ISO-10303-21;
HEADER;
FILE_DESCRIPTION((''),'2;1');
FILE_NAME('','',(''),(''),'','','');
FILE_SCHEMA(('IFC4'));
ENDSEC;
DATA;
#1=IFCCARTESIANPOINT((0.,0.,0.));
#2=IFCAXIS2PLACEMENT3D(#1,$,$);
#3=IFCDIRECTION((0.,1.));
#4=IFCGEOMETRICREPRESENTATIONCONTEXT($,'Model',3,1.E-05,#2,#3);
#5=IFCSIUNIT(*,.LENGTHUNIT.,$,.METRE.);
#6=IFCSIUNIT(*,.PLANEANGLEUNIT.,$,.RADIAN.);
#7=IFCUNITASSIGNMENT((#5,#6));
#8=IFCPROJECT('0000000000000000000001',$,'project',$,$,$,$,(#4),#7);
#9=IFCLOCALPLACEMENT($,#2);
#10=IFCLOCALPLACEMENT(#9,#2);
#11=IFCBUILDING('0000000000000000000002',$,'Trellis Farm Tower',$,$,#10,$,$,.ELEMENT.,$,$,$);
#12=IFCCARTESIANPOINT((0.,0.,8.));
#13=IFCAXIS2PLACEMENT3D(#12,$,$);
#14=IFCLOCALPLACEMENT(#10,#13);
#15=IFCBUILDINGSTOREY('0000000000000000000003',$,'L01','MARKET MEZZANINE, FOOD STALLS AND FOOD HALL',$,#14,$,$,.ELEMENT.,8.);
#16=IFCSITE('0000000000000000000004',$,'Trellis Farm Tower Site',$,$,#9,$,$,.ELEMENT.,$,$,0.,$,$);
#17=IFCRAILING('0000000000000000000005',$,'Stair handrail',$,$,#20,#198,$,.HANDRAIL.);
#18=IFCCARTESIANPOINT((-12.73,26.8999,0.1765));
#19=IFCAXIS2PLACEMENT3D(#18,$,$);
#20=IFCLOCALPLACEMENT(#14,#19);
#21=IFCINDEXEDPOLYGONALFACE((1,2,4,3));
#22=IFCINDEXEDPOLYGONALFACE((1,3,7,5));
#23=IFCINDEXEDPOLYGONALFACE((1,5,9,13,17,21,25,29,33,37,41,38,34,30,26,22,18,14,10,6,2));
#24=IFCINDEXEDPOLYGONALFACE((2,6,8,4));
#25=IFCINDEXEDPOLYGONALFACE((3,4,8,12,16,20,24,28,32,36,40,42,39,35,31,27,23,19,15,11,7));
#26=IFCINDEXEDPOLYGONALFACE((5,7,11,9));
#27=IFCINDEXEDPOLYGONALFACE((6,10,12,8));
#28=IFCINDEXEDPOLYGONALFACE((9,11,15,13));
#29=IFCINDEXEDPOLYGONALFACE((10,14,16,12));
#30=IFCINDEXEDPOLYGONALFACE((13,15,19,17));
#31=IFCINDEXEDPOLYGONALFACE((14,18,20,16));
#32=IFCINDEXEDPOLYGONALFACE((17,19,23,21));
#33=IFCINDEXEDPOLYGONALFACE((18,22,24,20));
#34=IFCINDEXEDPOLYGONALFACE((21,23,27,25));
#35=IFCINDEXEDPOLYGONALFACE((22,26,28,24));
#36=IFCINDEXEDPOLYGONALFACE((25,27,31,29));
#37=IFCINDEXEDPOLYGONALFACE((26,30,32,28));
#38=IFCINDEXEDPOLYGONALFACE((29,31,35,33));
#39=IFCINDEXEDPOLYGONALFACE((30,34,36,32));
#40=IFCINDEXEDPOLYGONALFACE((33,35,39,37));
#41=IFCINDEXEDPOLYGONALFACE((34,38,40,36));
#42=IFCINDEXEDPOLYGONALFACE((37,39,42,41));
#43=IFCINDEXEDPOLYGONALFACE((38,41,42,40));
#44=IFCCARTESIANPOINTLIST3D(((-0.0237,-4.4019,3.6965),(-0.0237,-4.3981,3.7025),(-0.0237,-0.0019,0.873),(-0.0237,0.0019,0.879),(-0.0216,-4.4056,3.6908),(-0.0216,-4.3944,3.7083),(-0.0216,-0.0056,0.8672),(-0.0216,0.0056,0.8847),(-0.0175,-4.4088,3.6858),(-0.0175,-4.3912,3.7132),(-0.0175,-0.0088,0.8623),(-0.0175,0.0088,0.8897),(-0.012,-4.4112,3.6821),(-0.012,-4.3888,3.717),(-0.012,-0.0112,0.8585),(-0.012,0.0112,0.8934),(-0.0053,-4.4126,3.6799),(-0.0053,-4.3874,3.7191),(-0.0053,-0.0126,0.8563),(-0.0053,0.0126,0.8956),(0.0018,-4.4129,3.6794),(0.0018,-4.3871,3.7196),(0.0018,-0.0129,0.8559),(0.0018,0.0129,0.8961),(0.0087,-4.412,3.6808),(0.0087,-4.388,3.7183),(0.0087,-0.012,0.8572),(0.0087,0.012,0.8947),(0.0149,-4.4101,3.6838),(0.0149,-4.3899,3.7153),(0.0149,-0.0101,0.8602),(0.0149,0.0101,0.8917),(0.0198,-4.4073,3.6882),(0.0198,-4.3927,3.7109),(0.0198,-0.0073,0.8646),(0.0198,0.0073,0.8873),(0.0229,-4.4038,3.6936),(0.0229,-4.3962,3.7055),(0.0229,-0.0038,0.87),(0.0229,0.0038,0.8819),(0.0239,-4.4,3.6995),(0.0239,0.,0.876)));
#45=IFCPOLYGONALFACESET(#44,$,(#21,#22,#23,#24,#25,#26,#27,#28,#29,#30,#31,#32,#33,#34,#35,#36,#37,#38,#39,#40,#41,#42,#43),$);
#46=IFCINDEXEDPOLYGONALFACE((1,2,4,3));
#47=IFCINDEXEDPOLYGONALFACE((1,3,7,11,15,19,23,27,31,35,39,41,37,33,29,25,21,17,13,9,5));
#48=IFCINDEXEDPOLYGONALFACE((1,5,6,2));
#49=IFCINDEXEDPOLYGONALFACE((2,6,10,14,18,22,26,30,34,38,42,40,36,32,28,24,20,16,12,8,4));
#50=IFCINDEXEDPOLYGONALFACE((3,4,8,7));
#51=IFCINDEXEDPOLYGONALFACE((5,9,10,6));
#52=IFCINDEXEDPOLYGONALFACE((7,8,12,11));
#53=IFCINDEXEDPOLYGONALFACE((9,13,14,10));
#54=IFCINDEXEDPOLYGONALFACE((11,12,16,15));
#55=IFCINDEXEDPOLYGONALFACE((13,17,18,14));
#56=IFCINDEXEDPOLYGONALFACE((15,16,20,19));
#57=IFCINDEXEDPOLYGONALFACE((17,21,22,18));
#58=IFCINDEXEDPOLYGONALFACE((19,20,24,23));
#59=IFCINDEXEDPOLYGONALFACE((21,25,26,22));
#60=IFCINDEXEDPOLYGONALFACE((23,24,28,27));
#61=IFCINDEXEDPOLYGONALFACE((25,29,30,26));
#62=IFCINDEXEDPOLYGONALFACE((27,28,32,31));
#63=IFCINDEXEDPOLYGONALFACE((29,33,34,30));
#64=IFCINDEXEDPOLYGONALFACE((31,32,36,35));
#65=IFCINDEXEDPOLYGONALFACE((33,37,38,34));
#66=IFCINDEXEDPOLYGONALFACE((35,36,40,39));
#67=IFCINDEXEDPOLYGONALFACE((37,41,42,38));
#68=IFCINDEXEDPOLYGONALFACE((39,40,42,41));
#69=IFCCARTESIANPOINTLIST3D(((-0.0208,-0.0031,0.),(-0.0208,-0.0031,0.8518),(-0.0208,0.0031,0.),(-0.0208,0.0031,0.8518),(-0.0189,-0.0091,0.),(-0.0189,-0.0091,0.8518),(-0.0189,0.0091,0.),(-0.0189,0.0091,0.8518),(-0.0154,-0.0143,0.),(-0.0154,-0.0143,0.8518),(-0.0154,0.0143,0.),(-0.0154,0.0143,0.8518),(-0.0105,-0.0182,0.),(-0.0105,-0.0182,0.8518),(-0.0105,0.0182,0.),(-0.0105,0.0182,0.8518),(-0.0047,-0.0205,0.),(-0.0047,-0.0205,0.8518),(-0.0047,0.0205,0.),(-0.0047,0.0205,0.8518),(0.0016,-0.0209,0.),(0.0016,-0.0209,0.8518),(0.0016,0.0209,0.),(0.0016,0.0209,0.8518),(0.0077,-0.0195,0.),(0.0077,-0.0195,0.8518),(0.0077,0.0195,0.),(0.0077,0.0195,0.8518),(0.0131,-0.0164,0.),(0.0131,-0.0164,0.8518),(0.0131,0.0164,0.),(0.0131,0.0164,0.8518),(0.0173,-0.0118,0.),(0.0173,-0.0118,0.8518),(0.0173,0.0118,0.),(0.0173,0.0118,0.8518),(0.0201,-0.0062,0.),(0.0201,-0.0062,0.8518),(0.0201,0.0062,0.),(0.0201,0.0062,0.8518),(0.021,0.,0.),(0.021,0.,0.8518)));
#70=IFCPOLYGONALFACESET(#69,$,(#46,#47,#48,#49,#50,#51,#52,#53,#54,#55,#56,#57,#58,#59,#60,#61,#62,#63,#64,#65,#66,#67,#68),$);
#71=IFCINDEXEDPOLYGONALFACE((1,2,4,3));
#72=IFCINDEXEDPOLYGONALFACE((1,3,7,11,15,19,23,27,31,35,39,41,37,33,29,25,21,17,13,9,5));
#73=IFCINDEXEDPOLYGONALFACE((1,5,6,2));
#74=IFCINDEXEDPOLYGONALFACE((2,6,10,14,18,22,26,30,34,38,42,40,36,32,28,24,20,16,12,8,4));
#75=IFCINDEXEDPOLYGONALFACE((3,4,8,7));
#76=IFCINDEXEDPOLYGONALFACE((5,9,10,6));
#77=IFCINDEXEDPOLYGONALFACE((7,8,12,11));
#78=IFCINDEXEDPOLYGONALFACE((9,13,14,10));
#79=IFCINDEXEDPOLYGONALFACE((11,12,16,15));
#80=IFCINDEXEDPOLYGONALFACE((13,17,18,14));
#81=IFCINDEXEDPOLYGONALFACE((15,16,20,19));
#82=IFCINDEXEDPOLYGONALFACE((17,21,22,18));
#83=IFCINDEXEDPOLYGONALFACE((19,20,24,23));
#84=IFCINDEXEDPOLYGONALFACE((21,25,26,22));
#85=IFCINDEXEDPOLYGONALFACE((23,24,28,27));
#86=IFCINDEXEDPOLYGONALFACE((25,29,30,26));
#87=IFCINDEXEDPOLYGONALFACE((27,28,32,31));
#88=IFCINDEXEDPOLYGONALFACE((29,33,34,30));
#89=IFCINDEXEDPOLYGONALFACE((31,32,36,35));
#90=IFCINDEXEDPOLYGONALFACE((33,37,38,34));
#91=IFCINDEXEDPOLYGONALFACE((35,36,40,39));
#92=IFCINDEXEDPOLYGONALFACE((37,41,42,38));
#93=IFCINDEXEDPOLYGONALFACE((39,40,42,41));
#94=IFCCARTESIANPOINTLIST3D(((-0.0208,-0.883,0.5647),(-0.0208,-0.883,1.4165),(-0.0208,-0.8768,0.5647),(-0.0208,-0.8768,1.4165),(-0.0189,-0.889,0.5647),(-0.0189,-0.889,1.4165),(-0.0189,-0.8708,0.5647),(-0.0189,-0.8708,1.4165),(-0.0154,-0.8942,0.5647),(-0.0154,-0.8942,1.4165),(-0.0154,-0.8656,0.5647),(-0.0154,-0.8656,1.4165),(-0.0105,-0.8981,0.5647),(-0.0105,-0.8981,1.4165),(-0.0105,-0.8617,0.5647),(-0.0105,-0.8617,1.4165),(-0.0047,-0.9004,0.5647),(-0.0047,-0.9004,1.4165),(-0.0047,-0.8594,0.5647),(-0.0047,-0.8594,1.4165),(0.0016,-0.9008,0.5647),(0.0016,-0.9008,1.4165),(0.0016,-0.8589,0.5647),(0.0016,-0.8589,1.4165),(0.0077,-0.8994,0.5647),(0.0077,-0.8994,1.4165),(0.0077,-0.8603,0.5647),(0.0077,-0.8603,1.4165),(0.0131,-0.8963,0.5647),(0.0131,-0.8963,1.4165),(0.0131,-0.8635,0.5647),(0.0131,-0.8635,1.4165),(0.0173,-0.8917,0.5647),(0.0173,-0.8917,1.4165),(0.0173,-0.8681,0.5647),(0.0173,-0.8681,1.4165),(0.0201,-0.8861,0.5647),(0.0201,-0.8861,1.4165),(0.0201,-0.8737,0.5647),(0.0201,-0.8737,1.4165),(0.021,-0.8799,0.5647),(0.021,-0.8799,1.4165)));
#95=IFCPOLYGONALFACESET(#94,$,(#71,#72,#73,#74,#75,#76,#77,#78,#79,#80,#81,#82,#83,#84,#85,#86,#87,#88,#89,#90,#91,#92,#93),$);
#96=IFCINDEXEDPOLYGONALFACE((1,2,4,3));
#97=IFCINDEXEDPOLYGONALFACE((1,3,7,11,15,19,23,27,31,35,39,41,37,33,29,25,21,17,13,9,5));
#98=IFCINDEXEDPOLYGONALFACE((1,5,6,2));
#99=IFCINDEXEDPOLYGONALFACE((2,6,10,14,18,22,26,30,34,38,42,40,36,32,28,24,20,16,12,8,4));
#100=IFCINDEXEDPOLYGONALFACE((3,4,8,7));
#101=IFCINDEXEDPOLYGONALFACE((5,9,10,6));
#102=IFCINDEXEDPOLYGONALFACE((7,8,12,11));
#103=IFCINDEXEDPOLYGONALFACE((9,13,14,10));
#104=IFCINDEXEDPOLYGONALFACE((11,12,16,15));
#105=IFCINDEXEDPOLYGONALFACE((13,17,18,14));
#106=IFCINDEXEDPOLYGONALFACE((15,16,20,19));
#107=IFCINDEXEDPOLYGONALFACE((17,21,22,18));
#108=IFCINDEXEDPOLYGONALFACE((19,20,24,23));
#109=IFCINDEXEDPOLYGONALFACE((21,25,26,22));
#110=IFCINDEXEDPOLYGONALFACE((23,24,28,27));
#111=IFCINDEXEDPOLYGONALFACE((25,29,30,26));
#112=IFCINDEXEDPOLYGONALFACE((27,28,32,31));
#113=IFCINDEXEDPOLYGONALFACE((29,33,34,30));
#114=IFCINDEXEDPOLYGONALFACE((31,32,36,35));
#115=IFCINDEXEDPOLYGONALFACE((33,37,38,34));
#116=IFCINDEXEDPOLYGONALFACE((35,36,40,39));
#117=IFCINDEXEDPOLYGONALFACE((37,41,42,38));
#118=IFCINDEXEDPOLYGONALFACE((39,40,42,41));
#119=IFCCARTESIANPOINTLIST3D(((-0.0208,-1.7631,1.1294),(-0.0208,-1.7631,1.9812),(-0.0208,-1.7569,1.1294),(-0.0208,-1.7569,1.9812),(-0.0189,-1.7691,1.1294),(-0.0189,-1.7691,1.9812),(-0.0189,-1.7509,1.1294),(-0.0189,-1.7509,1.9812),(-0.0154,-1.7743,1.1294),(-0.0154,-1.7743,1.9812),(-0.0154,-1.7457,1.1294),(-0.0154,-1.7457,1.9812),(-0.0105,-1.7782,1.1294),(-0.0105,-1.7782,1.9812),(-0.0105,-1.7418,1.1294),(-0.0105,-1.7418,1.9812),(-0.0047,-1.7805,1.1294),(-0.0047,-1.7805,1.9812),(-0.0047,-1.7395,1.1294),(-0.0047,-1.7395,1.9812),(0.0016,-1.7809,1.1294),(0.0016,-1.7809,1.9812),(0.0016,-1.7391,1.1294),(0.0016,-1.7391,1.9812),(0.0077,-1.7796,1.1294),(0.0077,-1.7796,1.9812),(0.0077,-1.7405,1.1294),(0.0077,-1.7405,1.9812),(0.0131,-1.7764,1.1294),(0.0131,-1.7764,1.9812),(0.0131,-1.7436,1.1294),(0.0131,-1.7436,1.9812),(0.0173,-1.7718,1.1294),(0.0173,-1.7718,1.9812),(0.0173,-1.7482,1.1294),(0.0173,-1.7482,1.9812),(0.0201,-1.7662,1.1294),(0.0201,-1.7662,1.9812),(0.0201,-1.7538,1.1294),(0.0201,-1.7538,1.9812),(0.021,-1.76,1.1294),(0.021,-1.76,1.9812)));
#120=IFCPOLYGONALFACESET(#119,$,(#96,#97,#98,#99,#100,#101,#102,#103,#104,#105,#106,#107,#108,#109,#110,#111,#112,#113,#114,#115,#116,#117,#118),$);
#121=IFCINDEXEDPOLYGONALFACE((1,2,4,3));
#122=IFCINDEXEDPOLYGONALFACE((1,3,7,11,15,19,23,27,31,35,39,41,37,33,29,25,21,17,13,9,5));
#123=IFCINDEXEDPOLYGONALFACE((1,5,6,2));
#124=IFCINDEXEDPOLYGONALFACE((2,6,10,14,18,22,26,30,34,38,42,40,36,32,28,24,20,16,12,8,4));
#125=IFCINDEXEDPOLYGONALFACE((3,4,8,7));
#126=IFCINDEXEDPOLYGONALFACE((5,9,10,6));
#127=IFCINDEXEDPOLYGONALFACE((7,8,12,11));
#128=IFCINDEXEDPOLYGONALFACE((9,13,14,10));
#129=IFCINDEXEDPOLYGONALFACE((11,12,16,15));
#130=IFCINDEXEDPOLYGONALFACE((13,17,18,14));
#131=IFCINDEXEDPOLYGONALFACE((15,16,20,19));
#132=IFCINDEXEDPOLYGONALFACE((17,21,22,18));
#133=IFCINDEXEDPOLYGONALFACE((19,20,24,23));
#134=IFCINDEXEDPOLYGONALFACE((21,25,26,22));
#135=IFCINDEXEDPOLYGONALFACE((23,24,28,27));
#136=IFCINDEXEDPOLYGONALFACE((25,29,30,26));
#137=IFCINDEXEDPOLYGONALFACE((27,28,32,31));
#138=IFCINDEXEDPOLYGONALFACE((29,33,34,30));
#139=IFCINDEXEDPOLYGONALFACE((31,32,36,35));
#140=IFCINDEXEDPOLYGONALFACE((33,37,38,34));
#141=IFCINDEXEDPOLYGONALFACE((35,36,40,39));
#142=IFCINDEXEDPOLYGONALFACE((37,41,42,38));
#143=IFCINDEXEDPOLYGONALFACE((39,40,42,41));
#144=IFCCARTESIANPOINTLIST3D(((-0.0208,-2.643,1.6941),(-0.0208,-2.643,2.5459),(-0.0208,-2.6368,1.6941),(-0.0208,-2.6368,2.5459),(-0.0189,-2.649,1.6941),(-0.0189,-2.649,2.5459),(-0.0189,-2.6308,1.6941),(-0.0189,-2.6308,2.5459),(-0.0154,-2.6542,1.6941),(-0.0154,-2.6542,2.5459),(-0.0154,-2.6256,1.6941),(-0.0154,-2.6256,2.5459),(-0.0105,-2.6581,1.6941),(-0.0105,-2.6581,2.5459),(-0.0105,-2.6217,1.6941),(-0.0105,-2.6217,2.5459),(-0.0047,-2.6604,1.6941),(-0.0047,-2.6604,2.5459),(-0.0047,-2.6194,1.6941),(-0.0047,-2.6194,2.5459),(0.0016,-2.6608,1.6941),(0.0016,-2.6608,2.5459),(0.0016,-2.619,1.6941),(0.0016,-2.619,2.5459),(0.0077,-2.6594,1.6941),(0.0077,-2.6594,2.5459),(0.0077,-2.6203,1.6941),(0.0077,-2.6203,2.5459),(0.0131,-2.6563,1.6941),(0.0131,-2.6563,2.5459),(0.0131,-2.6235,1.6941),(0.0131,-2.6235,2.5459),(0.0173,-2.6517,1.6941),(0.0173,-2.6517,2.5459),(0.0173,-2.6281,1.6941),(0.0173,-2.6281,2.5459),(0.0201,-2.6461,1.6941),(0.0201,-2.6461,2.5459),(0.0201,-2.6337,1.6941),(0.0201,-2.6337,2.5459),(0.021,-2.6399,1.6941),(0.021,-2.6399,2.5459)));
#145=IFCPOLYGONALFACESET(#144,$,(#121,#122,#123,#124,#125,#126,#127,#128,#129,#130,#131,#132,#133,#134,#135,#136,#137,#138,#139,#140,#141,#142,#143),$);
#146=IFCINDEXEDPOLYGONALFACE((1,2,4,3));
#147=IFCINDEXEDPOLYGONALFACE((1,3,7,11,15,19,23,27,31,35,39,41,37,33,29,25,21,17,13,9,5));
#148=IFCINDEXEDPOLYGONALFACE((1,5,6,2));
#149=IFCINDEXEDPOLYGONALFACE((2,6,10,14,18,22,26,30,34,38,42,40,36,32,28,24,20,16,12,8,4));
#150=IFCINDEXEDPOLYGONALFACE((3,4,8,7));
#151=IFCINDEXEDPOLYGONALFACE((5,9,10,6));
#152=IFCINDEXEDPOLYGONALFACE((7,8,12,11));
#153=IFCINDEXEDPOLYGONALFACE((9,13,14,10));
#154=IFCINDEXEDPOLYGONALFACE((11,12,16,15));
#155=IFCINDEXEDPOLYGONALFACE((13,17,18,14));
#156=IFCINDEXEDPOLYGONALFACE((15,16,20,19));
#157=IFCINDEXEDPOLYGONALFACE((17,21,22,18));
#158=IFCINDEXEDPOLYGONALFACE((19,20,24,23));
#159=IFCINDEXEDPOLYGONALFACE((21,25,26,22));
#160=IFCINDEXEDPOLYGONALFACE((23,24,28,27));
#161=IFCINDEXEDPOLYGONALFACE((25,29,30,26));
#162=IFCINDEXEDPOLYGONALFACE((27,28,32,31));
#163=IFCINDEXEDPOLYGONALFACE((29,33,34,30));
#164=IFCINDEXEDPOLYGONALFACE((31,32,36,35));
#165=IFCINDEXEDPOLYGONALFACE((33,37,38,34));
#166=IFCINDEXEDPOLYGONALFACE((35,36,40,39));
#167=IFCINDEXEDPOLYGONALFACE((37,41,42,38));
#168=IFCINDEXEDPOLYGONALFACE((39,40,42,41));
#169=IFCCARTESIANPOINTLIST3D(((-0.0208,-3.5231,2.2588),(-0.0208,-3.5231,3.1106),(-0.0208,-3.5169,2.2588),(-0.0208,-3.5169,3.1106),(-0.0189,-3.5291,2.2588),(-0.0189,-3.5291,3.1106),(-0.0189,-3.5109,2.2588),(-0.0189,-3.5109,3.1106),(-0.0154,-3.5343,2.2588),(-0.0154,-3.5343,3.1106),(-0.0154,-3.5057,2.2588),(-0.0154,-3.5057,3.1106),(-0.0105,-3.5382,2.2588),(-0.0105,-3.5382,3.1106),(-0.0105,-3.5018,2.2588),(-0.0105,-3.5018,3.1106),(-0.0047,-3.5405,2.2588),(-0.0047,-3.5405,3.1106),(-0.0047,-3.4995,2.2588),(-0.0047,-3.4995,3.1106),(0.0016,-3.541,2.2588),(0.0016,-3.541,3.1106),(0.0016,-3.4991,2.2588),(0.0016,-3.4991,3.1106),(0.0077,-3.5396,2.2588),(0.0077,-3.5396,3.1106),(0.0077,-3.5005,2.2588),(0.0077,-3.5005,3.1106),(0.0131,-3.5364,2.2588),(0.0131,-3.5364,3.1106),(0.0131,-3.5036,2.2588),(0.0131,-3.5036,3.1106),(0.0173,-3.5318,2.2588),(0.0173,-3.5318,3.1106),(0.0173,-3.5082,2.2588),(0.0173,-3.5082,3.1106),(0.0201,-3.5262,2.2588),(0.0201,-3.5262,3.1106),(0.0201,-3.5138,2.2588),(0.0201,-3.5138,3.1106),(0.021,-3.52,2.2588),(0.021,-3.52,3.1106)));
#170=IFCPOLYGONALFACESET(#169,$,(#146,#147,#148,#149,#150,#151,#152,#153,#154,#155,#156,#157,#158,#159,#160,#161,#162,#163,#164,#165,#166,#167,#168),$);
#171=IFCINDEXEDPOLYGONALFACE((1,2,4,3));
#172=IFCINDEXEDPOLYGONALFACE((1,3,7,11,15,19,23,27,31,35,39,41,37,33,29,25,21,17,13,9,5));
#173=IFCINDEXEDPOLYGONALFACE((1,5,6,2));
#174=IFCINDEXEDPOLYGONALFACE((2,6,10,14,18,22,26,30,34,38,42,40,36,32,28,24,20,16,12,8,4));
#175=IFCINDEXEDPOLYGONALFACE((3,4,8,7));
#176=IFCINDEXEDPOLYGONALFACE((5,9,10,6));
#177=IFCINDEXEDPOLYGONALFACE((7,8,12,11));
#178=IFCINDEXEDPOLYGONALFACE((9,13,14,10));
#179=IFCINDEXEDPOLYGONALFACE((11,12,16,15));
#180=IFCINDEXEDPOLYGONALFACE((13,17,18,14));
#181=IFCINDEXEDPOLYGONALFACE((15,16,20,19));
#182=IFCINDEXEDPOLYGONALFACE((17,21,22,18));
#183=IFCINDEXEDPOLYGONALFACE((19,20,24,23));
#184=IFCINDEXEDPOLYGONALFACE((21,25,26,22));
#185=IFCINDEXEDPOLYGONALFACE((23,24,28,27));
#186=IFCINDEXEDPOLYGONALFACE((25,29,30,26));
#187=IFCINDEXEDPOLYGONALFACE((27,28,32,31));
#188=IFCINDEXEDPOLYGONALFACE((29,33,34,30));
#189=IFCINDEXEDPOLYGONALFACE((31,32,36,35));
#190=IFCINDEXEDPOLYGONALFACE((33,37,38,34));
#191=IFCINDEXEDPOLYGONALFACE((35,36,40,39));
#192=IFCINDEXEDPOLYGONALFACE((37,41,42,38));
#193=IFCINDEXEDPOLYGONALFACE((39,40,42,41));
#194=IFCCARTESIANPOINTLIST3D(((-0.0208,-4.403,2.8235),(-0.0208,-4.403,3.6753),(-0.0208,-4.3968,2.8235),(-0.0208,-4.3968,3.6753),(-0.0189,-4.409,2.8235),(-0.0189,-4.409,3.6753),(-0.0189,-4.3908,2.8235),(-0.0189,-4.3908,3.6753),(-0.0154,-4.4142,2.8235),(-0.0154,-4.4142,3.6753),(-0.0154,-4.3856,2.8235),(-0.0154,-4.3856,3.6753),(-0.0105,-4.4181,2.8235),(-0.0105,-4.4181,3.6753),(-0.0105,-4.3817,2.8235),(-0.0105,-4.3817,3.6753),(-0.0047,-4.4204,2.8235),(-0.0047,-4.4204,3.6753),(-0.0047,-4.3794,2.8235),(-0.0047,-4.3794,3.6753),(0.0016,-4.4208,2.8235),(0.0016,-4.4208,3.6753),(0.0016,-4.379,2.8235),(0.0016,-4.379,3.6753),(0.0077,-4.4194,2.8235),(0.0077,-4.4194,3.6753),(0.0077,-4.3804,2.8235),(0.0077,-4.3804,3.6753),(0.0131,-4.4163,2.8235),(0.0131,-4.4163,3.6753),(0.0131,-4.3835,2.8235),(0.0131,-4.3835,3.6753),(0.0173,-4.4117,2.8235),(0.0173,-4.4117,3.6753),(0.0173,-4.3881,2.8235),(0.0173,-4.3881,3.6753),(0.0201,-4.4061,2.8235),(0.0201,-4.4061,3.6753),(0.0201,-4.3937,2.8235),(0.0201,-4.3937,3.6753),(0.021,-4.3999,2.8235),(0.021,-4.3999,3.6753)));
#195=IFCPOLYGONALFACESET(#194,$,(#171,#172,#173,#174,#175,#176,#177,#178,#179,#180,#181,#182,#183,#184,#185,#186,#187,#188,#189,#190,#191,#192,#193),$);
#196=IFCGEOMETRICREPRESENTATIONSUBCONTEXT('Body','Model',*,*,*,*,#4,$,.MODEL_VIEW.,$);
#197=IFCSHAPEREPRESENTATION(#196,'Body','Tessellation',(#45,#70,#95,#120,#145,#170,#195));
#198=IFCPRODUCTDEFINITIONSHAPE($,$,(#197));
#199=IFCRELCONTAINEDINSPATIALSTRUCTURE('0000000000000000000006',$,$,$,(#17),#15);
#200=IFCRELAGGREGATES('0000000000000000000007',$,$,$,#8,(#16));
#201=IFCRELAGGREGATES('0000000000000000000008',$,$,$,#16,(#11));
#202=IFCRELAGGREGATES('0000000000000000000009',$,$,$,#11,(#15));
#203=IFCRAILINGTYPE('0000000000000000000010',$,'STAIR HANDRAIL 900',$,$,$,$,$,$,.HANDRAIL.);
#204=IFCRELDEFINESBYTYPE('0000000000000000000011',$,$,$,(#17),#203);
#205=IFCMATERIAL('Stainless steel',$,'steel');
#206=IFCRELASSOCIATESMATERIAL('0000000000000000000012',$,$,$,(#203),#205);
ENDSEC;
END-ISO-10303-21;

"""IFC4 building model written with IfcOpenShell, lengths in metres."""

from ifc_helpers import new_model, si_unit, direction, frame, origin, origin_2d, place, context, subcontext, project, spatial, circle, extrude, source, transform, mapped, material, type_object, element, save


model = new_model("IFC4")

# Units and contexts
model_context = context("Model", 3, precision=1e-05, world=origin(), true_north=direction((0.0, 1.0)))
body_context = subcontext(model_context, "Body", "Model", "MODEL_VIEW")
ifc_project = project(units=[si_unit("LENGTHUNIT", "METRE"), si_unit("PLANEANGLEUNIT", "RADIAN")], contexts=[model_context])

# Site, building, storey
site_placement = place(None, origin())
site = spatial("IfcSite", under=ifc_project, at=site_placement, Name="Trellis Farm Tower Site", CompositionType="ELEMENT", RefElevation=0.0)
building_placement = place(site_placement, origin())
building = spatial("IfcBuilding", under=site, at=building_placement, Name="Trellis Farm Tower", CompositionType="ELEMENT")
storey_placement = place(building_placement, frame((0.0, 0.0, 8.0)))
storey = spatial("IfcBuildingStorey", under=building, at=storey_placement, Name="L01", Description="MARKET MEZZANINE, FOOD STALLS AND FOOD HALL", CompositionType="ELEMENT", Elevation=8.0)

# Railing
ifc_material_1 = material(Name="Stainless steel", Category="steel")
railing_type = type_object("IfcRailingType", Name="STAIR HANDRAIL 900", PredefinedType="HANDRAIL", material=ifc_material_1)
shared_shape_1 = source(origin(), body_context, "Body", "SweptSolid", [
    extrude(circle(Radius=0.0239, at=origin_2d()), frame((0.0, 0.0, 0.876), z_axis=(0.0, -0.841615, 0.540078), x_axis=(1.0, 0.0, 0.0)), (0.0, 0.0, 1.0), 5.228),
    extrude(circle(Radius=0.021, at=origin_2d()), origin(), (0.0, 0.0, 1.0), 0.8518),
    extrude(circle(Radius=0.021, at=origin_2d()), frame((0.0, -0.8799, 0.5647)), (0.0, 0.0, 1.0), 0.8518),
    extrude(circle(Radius=0.021, at=origin_2d()), frame((0.0, -1.76, 1.1294)), (0.0, 0.0, 1.0), 0.8518),
    extrude(circle(Radius=0.021, at=origin_2d()), frame((0.0, -2.6399, 1.6941)), (0.0, 0.0, 1.0), 0.8518),
    extrude(circle(Radius=0.021, at=origin_2d()), frame((0.0, -3.52, 2.2588)), (0.0, 0.0, 1.0), 0.8518),
    extrude(circle(Radius=0.021, at=origin_2d()), frame((0.0, -4.3999, 2.8235)), (0.0, 0.0, 1.0), 0.8518),
])
for number, where, name in (
    (1, (-12.73, 26.8999, 0.1765), "Stair handrail"),
):
    element("IfcRailing", number, at=place(storey_placement, frame(where)), inside=storey, type_object=railing_type, Name=name, PredefinedType="HANDRAIL", context=body_context, shape_type="MappedRepresentation", body=[
        mapped(shared_shape_1, transform((0.0, 0.0, 0.0))),
    ])

save(model, "model.ifc")
